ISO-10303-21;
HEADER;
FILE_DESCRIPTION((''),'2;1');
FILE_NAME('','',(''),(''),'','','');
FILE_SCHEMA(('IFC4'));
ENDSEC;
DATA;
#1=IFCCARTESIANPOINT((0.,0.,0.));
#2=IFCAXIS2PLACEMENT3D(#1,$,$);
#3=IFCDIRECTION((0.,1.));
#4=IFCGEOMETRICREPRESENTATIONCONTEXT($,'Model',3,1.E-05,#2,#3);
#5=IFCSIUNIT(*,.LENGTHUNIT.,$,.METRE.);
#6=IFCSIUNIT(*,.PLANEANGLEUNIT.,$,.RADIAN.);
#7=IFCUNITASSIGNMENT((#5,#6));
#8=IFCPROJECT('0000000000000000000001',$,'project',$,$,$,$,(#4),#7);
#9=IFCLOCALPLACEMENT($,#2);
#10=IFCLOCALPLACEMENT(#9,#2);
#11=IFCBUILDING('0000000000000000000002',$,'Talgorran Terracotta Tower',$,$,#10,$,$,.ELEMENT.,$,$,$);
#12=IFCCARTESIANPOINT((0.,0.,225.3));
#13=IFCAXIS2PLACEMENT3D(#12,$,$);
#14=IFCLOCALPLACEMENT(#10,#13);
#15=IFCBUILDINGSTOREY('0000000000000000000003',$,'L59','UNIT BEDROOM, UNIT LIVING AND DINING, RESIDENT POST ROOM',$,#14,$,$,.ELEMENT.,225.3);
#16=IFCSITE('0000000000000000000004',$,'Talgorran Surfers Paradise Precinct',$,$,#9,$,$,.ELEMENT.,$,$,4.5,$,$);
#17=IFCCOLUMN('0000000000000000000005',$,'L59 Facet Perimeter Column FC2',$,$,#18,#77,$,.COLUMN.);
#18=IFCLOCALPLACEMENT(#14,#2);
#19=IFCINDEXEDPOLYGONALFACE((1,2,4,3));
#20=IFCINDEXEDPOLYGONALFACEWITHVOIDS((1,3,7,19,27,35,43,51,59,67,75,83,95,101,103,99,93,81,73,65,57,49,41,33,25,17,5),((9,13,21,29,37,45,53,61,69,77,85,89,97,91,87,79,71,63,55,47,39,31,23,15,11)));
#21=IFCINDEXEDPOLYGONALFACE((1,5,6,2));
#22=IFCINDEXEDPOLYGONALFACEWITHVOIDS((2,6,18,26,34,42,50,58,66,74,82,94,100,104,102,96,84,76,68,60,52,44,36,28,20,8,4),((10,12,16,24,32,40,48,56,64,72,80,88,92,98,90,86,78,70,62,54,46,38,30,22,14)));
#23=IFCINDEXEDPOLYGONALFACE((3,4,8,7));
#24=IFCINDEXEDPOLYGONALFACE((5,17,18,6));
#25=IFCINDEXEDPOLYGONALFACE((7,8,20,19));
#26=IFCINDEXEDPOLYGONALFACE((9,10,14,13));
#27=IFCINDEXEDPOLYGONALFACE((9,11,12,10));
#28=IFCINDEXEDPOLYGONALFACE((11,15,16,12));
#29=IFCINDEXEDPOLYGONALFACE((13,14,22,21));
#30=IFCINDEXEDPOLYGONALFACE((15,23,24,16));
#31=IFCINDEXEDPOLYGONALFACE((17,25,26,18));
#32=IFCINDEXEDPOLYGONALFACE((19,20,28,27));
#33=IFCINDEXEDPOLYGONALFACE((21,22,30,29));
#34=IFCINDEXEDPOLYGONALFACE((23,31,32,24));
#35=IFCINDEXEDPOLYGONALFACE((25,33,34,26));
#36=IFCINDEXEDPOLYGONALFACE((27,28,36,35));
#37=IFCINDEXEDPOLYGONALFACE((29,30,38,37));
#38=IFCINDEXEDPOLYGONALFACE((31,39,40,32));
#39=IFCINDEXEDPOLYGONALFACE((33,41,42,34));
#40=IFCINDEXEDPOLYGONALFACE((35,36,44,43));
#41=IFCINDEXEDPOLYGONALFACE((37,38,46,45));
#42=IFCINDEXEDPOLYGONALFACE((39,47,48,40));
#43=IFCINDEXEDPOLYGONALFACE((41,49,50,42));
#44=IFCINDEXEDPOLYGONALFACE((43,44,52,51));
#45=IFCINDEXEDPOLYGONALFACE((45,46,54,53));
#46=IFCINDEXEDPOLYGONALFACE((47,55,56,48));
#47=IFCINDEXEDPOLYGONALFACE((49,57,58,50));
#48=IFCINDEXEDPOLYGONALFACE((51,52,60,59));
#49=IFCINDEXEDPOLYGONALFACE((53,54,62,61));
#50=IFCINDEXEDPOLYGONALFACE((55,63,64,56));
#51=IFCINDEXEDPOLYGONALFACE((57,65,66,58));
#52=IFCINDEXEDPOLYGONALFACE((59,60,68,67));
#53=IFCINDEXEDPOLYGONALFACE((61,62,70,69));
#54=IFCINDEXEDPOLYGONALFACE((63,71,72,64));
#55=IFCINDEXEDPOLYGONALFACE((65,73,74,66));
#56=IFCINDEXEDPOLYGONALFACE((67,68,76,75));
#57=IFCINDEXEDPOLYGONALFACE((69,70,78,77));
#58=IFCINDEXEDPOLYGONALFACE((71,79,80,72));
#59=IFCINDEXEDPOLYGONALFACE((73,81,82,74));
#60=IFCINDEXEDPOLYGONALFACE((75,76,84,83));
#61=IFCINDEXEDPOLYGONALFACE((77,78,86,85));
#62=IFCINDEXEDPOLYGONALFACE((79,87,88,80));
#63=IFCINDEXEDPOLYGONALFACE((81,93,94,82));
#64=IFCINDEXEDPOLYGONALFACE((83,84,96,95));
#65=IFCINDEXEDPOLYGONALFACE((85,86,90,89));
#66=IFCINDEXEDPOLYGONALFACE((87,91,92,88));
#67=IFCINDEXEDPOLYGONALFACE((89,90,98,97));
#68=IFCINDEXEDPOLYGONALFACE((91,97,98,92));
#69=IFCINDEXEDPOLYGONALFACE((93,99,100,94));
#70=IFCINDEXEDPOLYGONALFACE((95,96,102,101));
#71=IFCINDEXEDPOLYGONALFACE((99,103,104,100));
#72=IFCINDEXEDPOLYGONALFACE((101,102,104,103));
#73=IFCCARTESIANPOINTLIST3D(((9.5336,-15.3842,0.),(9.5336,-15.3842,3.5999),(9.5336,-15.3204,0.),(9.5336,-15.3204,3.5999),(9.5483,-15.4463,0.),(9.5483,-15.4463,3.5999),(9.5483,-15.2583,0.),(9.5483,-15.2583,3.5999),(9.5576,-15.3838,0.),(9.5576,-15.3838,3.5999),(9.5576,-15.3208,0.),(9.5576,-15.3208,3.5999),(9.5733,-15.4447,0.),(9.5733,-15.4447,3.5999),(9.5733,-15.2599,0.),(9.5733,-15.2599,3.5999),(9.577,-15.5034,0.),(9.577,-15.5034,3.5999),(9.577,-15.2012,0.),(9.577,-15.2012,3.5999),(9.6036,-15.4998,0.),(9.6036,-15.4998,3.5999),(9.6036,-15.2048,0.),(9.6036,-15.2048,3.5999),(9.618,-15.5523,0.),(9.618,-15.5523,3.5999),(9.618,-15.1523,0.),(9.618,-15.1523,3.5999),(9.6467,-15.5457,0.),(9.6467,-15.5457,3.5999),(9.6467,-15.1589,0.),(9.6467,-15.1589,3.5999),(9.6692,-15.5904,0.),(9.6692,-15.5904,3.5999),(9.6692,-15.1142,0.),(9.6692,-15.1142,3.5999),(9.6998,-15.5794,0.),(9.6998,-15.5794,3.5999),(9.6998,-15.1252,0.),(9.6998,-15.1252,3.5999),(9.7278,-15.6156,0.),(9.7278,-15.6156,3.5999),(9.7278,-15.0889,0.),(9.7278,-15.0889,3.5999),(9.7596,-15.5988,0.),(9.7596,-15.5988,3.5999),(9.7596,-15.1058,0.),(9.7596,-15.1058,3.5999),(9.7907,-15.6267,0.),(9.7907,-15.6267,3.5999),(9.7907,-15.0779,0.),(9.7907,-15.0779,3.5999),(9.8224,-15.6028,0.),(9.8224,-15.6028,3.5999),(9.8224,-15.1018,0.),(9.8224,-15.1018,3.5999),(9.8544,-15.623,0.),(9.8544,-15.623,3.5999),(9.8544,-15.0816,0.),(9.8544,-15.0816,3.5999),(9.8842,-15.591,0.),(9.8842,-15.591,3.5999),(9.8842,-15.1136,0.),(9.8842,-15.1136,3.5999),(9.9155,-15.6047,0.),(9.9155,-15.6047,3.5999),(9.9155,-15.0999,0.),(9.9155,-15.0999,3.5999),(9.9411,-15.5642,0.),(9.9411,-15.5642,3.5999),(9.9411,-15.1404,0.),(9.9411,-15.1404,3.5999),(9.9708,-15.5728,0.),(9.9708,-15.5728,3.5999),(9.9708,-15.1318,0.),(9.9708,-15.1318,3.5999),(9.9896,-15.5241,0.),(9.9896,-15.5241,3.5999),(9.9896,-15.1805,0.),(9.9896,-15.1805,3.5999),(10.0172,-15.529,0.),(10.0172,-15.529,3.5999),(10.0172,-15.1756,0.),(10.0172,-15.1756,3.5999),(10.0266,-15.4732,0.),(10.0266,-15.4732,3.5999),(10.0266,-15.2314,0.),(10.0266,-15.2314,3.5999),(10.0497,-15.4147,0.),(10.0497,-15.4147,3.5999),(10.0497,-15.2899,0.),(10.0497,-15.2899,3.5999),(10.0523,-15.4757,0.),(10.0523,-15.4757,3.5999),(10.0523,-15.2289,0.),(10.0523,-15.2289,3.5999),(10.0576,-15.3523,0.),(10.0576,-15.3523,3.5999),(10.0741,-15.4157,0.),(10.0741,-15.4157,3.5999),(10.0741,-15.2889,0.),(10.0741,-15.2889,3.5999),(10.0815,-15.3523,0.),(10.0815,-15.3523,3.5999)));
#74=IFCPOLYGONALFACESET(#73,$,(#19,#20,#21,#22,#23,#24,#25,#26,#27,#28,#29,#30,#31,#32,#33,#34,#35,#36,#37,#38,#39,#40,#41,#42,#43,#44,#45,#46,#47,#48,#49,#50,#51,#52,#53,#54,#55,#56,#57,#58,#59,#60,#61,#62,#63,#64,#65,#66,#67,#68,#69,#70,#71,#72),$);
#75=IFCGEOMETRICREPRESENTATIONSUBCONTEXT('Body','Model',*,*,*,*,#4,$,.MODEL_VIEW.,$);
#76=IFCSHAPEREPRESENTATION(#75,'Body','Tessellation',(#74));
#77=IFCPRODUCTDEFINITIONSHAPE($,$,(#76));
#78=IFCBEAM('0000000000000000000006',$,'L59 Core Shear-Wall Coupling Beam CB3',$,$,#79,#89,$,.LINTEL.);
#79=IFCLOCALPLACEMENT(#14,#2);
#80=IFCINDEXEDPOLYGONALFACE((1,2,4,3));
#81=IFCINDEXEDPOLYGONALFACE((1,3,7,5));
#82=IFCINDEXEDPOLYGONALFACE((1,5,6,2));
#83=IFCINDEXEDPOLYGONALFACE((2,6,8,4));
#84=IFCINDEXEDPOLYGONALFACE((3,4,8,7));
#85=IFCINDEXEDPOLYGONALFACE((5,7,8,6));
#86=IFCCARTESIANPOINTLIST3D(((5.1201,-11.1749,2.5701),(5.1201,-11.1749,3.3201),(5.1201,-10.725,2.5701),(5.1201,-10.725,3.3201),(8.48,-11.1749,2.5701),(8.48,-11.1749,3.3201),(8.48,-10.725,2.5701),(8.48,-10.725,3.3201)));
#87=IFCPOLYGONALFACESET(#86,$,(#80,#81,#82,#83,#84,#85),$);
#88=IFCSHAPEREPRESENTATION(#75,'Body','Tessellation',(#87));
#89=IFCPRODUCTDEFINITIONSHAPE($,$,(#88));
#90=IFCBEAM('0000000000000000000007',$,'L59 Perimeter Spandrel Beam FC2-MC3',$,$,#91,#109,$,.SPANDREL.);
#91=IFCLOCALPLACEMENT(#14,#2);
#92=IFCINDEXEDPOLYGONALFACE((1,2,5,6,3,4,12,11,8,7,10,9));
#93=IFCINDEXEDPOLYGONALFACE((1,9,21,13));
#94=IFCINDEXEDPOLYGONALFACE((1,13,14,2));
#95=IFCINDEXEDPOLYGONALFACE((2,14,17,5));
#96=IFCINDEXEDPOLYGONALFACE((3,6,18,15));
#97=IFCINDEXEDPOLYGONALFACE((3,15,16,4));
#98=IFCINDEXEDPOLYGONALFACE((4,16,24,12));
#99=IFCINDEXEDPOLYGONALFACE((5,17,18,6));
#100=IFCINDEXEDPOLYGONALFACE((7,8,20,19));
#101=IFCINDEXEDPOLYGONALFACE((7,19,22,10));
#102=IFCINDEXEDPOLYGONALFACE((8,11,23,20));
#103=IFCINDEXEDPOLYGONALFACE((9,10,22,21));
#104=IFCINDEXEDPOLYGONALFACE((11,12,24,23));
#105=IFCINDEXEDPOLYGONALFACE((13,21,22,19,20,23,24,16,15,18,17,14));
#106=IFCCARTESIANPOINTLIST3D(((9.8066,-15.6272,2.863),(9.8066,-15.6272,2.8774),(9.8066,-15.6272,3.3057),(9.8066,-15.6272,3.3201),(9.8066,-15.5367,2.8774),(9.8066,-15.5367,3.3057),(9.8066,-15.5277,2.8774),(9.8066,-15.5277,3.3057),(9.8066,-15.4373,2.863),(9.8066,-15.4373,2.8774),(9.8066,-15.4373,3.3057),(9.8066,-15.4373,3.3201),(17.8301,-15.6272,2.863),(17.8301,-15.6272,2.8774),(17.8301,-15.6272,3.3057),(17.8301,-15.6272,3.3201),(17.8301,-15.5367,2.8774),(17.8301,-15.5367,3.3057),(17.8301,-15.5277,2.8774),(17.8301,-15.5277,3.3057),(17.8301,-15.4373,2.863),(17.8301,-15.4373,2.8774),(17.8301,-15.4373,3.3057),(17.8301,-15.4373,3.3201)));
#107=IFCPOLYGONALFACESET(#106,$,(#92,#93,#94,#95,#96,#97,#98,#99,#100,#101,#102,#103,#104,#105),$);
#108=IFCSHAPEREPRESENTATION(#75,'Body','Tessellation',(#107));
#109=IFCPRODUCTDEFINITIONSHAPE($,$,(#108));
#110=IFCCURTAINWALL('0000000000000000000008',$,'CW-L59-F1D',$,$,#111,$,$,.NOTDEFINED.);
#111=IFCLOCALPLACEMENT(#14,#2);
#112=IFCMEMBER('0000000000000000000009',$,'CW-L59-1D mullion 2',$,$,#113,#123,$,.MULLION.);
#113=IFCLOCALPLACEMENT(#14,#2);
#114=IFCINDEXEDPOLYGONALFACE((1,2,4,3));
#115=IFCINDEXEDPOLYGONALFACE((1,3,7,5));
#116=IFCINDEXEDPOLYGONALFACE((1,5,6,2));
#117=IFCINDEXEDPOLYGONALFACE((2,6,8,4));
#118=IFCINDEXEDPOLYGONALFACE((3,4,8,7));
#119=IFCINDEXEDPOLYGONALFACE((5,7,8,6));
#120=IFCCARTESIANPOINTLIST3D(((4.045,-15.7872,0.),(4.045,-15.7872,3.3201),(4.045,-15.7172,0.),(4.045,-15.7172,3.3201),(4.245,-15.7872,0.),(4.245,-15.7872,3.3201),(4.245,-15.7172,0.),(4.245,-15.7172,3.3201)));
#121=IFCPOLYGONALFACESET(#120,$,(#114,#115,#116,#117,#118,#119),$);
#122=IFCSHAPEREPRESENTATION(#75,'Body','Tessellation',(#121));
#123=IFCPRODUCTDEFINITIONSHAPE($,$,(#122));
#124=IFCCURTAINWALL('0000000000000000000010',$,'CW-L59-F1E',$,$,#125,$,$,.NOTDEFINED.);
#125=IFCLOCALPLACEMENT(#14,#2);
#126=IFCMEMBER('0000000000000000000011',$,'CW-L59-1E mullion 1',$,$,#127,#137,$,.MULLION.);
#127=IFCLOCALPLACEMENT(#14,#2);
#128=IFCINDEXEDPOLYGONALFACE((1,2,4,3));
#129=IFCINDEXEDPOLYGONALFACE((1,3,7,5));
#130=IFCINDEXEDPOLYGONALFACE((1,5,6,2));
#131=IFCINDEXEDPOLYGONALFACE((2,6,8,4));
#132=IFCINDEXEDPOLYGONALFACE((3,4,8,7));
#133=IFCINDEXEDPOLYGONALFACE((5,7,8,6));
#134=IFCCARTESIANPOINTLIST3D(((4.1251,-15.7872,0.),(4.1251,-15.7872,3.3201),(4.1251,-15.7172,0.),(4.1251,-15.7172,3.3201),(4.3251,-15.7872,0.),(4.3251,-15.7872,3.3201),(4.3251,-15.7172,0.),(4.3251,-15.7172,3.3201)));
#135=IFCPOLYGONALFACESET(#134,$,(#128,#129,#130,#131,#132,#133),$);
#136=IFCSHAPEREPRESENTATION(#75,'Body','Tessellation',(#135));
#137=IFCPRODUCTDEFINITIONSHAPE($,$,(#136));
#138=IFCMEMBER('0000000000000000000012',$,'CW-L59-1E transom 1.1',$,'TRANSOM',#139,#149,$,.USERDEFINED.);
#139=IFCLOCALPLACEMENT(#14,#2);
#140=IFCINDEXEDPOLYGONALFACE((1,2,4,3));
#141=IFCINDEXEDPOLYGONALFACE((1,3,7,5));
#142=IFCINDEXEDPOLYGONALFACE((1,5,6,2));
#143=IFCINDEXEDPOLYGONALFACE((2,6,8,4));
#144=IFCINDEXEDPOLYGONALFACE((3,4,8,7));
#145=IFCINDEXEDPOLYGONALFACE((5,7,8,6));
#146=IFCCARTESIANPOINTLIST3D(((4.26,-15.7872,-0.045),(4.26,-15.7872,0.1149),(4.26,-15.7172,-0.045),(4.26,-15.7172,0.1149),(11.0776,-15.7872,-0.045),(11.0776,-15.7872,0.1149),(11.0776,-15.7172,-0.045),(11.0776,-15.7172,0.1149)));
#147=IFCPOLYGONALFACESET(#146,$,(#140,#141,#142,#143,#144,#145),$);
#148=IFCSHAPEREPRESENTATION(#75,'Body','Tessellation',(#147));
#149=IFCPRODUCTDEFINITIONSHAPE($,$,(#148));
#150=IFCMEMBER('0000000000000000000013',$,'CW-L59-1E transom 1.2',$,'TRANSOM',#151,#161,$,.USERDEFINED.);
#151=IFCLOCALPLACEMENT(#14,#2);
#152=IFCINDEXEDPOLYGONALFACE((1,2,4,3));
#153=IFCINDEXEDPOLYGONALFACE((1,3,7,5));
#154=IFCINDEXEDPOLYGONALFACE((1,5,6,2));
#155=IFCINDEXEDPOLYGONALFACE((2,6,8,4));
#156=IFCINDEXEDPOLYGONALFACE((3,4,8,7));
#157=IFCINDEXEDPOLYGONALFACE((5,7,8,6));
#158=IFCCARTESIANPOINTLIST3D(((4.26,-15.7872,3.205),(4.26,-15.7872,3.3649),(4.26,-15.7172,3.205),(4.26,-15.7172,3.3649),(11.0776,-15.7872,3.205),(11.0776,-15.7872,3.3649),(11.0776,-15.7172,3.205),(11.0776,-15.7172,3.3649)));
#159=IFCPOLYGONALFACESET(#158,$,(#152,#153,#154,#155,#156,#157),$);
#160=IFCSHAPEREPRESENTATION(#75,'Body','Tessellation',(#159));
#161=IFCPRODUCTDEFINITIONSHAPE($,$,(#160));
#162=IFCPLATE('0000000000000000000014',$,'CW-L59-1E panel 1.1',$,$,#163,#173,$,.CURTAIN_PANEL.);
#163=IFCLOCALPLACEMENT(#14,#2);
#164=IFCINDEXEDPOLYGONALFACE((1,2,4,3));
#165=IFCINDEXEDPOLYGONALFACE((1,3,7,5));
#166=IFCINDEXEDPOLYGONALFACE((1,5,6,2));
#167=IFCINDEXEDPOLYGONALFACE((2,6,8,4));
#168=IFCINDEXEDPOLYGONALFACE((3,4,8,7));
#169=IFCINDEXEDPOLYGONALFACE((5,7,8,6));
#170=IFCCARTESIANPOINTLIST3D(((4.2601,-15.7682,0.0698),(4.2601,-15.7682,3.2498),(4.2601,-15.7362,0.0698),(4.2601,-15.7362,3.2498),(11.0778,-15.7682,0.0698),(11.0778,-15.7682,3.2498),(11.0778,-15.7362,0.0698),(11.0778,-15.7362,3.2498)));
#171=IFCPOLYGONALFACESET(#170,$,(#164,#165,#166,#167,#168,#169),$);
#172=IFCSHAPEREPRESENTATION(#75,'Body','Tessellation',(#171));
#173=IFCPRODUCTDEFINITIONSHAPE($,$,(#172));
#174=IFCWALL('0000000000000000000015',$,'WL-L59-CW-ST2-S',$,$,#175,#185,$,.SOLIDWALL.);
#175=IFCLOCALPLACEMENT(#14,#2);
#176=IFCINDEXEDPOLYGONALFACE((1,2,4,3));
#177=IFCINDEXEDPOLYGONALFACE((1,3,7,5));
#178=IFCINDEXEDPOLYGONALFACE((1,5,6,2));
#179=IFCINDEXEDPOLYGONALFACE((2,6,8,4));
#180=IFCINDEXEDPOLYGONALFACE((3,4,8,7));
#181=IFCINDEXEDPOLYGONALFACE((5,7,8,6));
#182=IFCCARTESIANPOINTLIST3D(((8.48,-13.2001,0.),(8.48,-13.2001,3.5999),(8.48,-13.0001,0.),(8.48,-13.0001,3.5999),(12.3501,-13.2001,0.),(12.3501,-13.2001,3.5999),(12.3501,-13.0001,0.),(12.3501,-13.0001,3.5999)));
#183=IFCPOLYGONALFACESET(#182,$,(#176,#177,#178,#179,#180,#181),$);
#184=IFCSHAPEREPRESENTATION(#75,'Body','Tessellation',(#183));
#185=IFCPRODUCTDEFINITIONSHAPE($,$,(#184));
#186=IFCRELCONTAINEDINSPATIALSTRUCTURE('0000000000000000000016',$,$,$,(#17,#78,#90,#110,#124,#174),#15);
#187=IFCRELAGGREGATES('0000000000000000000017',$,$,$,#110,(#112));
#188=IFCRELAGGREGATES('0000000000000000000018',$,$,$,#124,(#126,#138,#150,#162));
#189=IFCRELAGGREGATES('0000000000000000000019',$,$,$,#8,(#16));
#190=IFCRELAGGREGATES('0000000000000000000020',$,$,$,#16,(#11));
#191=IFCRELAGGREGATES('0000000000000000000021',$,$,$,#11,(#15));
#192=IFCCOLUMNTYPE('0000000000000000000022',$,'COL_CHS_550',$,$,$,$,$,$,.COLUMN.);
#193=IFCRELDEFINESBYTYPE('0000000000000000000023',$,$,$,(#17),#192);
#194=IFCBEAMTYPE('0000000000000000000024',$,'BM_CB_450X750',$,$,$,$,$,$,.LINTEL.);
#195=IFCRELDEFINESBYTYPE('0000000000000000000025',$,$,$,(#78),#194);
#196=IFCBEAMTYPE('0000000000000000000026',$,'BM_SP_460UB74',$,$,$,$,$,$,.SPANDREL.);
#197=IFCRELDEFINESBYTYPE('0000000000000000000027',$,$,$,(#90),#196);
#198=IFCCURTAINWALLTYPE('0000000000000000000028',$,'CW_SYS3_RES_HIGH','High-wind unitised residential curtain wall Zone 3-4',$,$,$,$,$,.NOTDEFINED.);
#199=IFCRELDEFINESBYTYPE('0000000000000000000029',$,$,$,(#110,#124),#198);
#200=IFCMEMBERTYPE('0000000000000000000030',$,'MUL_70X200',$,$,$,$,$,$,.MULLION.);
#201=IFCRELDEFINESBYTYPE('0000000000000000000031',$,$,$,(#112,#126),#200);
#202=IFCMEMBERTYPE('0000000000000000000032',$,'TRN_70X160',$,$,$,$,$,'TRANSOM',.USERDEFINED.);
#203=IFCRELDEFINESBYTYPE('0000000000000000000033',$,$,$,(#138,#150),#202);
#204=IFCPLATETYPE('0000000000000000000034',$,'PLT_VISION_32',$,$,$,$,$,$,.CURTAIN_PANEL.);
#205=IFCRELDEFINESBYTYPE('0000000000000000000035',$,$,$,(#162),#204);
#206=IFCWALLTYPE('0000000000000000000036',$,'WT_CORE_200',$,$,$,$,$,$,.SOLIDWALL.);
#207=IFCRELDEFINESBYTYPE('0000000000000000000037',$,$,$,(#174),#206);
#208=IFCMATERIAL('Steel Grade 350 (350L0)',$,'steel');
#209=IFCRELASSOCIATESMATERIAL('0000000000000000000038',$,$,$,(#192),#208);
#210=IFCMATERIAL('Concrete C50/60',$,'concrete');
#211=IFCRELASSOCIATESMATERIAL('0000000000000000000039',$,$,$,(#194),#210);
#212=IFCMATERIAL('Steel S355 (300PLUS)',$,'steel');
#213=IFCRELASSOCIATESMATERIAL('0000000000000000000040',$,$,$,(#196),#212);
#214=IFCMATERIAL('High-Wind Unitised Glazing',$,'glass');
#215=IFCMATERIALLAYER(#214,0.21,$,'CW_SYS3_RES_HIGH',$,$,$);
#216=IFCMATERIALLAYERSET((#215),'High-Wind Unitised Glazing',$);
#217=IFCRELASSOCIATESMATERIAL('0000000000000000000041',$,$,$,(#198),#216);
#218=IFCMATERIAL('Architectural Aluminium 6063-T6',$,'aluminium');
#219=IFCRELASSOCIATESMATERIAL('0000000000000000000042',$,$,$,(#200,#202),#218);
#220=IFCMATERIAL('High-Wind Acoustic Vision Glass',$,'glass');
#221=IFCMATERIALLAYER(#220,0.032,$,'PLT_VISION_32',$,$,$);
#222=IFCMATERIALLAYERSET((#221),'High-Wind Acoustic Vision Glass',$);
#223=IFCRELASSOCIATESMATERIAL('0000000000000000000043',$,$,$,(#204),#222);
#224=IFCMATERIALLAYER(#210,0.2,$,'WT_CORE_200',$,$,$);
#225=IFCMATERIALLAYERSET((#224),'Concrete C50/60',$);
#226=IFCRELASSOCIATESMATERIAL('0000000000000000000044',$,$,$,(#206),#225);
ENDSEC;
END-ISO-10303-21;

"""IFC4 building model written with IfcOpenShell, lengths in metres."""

from ifc_helpers import new_model, si_unit, direction, frame, frame_2d, origin, origin_2d, place, context, subcontext, project, spatial, rectangle, hollow_circle, i_section, extrude, source, transform, mapped, material, layer, layer_set, material_profile, profile_set, type_object, type_shapes, element, aggregate, save


model = new_model("IFC4")

# Units and contexts
model_context = context("Model", 3, precision=1e-05, world=origin(), true_north=direction((0.0, 1.0)))
body_context = subcontext(model_context, "Body", "Model", "MODEL_VIEW")
ifc_project = project(units=[si_unit("LENGTHUNIT", "METRE"), si_unit("PLANEANGLEUNIT", "RADIAN")], contexts=[model_context])

# Site, building, storey
site_placement = place(None, origin())
site = spatial("IfcSite", under=ifc_project, at=site_placement, Name="Talgorran Surfers Paradise Precinct", CompositionType="ELEMENT", RefElevation=4.5)
building_placement = place(site_placement, origin())
building = spatial("IfcBuilding", under=site, at=building_placement, Name="Talgorran Terracotta Tower", CompositionType="ELEMENT")
storey_placement = place(building_placement, frame((0.0, 0.0, 225.3)))
storey = spatial("IfcBuildingStorey", under=building, at=storey_placement, Name="L59", Description="UNIT BEDROOM, UNIT LIVING AND DINING, RESIDENT POST ROOM", CompositionType="ELEMENT", Elevation=225.3)

# Column
ifc_material_1 = material(Name="Steel Grade 350 (350L0)", Category="steel")
ifc_material_profile_1 = material_profile(ifc_material_1, hollow_circle(Radius=0.2749, WallThickness=0.0239, at=origin_2d()), Name="CHS550X24")
ifc_profile_set_1 = profile_set([ifc_material_profile_1], Name="Steel Grade 350 (350L0)")
column_type = type_object("IfcColumnType", Name="COL_CHS_550", PredefinedType="COLUMN", material=ifc_profile_set_1)
column_placement = place(storey_placement, frame((9.8066, -15.3523, 0.0), z_axis=(0.0, 0.0, 1.0), x_axis=(1.0, 0.0, 0.0)))
element("IfcColumn", 1, at=column_placement, inside=storey, type_object=column_type, Name="L59 Facet Perimeter Column FC2", PredefinedType="COLUMN", context=body_context, shape_type="SweptSolid", body=[
    extrude(hollow_circle(Radius=0.2749, WallThickness=0.0239, at=origin_2d()), origin(), (0.0, 0.0, 1.0), 3.5999),
])

# Beams
ifc_material_2 = material(Name="Concrete C50/60", Category="concrete")
ifc_material_profile_2 = material_profile(ifc_material_2, rectangle(XDim=0.45, YDim=0.75, at=origin_2d()), Name="RCCB450X750")
ifc_profile_set_2 = profile_set([ifc_material_profile_2], Name="Concrete C50/60")
beam_type_1 = type_object("IfcBeamType", Name="BM_CB_450X750", PredefinedType="LINTEL", material=ifc_profile_set_2)
beam_1_placement = place(storey_placement, frame((5.1201, -10.95, 2.9451), z_axis=(1.0, 0.0, 0.0), x_axis=(0.0, 1.0, 0.0)))
element("IfcBeam", 2, at=beam_1_placement, inside=storey, type_object=beam_type_1, Name="L59 Core Shear-Wall Coupling Beam CB3", PredefinedType="LINTEL", context=body_context, shape_type="SweptSolid", body=[
    extrude(rectangle(XDim=0.45, YDim=0.75, at=origin_2d()), origin(), (0.0, 0.0, 1.0), 3.3599),
])
ifc_material_3 = material(Name="Steel S355 (300PLUS)", Category="steel")
ifc_material_profile_3 = material_profile(ifc_material_3, i_section(OverallWidth=0.1899, OverallDepth=0.457, WebThickness=0.009, FlangeThickness=0.0144, at=origin_2d()), Name="460UB74.6")
ifc_profile_set_3 = profile_set([ifc_material_profile_3], Name="Steel S355 (300PLUS)")
beam_type_2 = type_object("IfcBeamType", Name="BM_SP_460UB74", PredefinedType="SPANDREL", material=ifc_profile_set_3)
beam_2_placement = place(storey_placement, frame((9.8066, -15.5322, 3.0916), z_axis=(1.0, 0.0, 0.0), x_axis=(0.0, 1.0, 0.0)))
element("IfcBeam", 3, at=beam_2_placement, inside=storey, type_object=beam_type_2, Name="L59 Perimeter Spandrel Beam FC2-MC3", PredefinedType="SPANDREL", context=body_context, shape_type="SweptSolid", body=[
    extrude(i_section(OverallWidth=0.1899, OverallDepth=0.457, WebThickness=0.009, FlangeThickness=0.0144, at=origin_2d()), origin(), (0.0, 0.0, 1.0), 8.0234),
])

# Curtain wall, member
ifc_material_4 = material(Name="High-Wind Unitised Glazing", Category="glass")
ifc_layer_1 = layer(ifc_material_4, 0.21, Name="CW_SYS3_RES_HIGH")
ifc_layer_set_1 = layer_set([ifc_layer_1], Name="High-Wind Unitised Glazing")
curtain_wall_type = type_object("IfcCurtainWallType", Name="CW_SYS3_RES_HIGH", Description="High-wind unitised residential curtain wall Zone 3-4", PredefinedType="NOTDEFINED", material=ifc_layer_set_1)
curtain_wall_1_placement = place(storey_placement, origin())
curtain_wall_1 = element("IfcCurtainWall", 4, at=curtain_wall_1_placement, inside=storey, type_object=curtain_wall_type, Name="CW-L59-F1D", PredefinedType="NOTDEFINED")
ifc_material_5 = material(Name="Architectural Aluminium 6063-T6", Category="aluminium")
ifc_material_profile_4 = material_profile(ifc_material_5, rectangle(XDim=0.0701, YDim=0.2, at=origin_2d()), Name="CWM70X200")
ifc_profile_set_4 = profile_set([ifc_material_profile_4], Name="Architectural Aluminium 6063-T6")
member_type_1 = type_object("IfcMemberType", Name="MUL_70X200", PredefinedType="MULLION", material=ifc_profile_set_4)
member_1_placement = place(storey_placement, frame((4.145, -15.7522, 0.0), z_axis=(0.0, 0.0, 1.0), x_axis=(0.0, 1.0, 0.0)))
member_1 = element("IfcMember", 5, at=member_1_placement, type_object=member_type_1, Name="CW-L59-1D mullion 2", PredefinedType="MULLION", context=body_context, shape_type="SweptSolid", body=[
    extrude(rectangle(XDim=0.0701, YDim=0.2, at=origin_2d()), origin(), (0.0, 0.0, 1.0), 3.3201),
])
aggregate(curtain_wall_1, [member_1])

# Curtain wall, members, plate
curtain_wall_2_placement = place(storey_placement, origin())
curtain_wall_2 = element("IfcCurtainWall", 6, at=curtain_wall_2_placement, inside=storey, type_object=curtain_wall_type, Name="CW-L59-F1E", PredefinedType="NOTDEFINED")
member_2_placement = place(storey_placement, frame((4.2251, -15.7522, 0.0), z_axis=(0.0, 0.0, 1.0), x_axis=(0.0, 1.0, 0.0)))
member_2 = element("IfcMember", 7, at=member_2_placement, type_object=member_type_1, Name="CW-L59-1E mullion 1", PredefinedType="MULLION", context=body_context, shape_type="SweptSolid", body=[
    extrude(rectangle(XDim=0.0701, YDim=0.2, at=origin_2d()), origin(), (0.0, 0.0, 1.0), 3.3201),
])
ifc_material_profile_5 = material_profile(ifc_material_5, rectangle(XDim=0.0701, YDim=0.1599, at=origin_2d()), Name="CWT70X160")
ifc_profile_set_5 = profile_set([ifc_material_profile_5], Name="Architectural Aluminium 6063-T6")
member_type_2 = type_object("IfcMemberType", Name="TRN_70X160", ElementType="TRANSOM", PredefinedType="USERDEFINED", material=ifc_profile_set_5)
member_3_placement = place(storey_placement, frame((4.26, -15.7522, 0.0349), z_axis=(1.0, 0.0, 0.0), x_axis=(0.0, 1.0, 0.0)))
member_3 = element("IfcMember", 8, at=member_3_placement, type_object=member_type_2, Name="CW-L59-1E transom 1.1", ObjectType="TRANSOM", PredefinedType="USERDEFINED", context=body_context, shape_type="SweptSolid", body=[
    extrude(rectangle(XDim=0.0701, YDim=0.1599, at=origin_2d()), origin(), (0.0, 0.0, 1.0), 6.8176),
])
member_4_placement = place(storey_placement, frame((4.26, -15.7522, 3.2849), z_axis=(1.0, 0.0, 0.0), x_axis=(0.0, 1.0, 0.0)))
member_4 = element("IfcMember", 9, at=member_4_placement, type_object=member_type_2, Name="CW-L59-1E transom 1.2", ObjectType="TRANSOM", PredefinedType="USERDEFINED", context=body_context, shape_type="SweptSolid", body=[
    extrude(rectangle(XDim=0.0701, YDim=0.1599, at=origin_2d()), origin(), (0.0, 0.0, 1.0), 6.8176),
])
ifc_material_6 = material(Name="High-Wind Acoustic Vision Glass", Category="glass")
ifc_layer_2 = layer(ifc_material_6, 0.032, Name="PLT_VISION_32")
ifc_layer_set_2 = layer_set([ifc_layer_2], Name="High-Wind Acoustic Vision Glass")
plate_type = type_object("IfcPlateType", Name="PLT_VISION_32", PredefinedType="CURTAIN_PANEL", material=ifc_layer_set_2)
shared_shape = source(origin(), body_context, "Body", "SweptSolid", [
    extrude(rectangle(XDim=6.8176, YDim=0.032, at=origin_2d()), origin(), (0.0, 0.0, 1.0), 3.1799),
])
type_shapes(plate_type, [shared_shape])
plate_placement = place(storey_placement, frame((7.6689, -15.7522, 0.0698), z_axis=(0.0, 0.0, 1.0), x_axis=(1.0, 0.0, 0.0)))
plate = element("IfcPlate", 10, at=plate_placement, type_object=plate_type, Name="CW-L59-1E panel 1.1", PredefinedType="CURTAIN_PANEL", context=body_context, shape_type="MappedRepresentation", body=[
    mapped(shared_shape, transform((0.0, 0.0, 0.0), scale=1.0)),
])
aggregate(curtain_wall_2, [member_2, member_3, member_4, plate])

# Wall
ifc_layer_3 = layer(ifc_material_2, 0.2, Name="WT_CORE_200")
ifc_layer_set_3 = layer_set([ifc_layer_3], Name="Concrete C50/60")
wall_type_1 = type_object("IfcWallType", Name="WT_CORE_200", PredefinedType="SOLIDWALL", material=ifc_layer_set_3)
wall_1_placement = place(storey_placement, frame((8.48, -13.1001, 0.0), z_axis=(0.0, 0.0, 1.0), x_axis=(1.0, 0.0, 0.0)))
element("IfcWall", 11, at=wall_1_placement, inside=storey, type_object=wall_type_1, Name="WL-L59-CW-ST2-S", PredefinedType="SOLIDWALL", context=body_context, shape_type="SweptSolid", body=[
    extrude(rectangle(XDim=3.8701, YDim=0.2, at=frame_2d((1.9351, 0.0))), origin(), (0.0, 0.0, 1.0), 3.5999),
])

save(model, "model.ifc")
